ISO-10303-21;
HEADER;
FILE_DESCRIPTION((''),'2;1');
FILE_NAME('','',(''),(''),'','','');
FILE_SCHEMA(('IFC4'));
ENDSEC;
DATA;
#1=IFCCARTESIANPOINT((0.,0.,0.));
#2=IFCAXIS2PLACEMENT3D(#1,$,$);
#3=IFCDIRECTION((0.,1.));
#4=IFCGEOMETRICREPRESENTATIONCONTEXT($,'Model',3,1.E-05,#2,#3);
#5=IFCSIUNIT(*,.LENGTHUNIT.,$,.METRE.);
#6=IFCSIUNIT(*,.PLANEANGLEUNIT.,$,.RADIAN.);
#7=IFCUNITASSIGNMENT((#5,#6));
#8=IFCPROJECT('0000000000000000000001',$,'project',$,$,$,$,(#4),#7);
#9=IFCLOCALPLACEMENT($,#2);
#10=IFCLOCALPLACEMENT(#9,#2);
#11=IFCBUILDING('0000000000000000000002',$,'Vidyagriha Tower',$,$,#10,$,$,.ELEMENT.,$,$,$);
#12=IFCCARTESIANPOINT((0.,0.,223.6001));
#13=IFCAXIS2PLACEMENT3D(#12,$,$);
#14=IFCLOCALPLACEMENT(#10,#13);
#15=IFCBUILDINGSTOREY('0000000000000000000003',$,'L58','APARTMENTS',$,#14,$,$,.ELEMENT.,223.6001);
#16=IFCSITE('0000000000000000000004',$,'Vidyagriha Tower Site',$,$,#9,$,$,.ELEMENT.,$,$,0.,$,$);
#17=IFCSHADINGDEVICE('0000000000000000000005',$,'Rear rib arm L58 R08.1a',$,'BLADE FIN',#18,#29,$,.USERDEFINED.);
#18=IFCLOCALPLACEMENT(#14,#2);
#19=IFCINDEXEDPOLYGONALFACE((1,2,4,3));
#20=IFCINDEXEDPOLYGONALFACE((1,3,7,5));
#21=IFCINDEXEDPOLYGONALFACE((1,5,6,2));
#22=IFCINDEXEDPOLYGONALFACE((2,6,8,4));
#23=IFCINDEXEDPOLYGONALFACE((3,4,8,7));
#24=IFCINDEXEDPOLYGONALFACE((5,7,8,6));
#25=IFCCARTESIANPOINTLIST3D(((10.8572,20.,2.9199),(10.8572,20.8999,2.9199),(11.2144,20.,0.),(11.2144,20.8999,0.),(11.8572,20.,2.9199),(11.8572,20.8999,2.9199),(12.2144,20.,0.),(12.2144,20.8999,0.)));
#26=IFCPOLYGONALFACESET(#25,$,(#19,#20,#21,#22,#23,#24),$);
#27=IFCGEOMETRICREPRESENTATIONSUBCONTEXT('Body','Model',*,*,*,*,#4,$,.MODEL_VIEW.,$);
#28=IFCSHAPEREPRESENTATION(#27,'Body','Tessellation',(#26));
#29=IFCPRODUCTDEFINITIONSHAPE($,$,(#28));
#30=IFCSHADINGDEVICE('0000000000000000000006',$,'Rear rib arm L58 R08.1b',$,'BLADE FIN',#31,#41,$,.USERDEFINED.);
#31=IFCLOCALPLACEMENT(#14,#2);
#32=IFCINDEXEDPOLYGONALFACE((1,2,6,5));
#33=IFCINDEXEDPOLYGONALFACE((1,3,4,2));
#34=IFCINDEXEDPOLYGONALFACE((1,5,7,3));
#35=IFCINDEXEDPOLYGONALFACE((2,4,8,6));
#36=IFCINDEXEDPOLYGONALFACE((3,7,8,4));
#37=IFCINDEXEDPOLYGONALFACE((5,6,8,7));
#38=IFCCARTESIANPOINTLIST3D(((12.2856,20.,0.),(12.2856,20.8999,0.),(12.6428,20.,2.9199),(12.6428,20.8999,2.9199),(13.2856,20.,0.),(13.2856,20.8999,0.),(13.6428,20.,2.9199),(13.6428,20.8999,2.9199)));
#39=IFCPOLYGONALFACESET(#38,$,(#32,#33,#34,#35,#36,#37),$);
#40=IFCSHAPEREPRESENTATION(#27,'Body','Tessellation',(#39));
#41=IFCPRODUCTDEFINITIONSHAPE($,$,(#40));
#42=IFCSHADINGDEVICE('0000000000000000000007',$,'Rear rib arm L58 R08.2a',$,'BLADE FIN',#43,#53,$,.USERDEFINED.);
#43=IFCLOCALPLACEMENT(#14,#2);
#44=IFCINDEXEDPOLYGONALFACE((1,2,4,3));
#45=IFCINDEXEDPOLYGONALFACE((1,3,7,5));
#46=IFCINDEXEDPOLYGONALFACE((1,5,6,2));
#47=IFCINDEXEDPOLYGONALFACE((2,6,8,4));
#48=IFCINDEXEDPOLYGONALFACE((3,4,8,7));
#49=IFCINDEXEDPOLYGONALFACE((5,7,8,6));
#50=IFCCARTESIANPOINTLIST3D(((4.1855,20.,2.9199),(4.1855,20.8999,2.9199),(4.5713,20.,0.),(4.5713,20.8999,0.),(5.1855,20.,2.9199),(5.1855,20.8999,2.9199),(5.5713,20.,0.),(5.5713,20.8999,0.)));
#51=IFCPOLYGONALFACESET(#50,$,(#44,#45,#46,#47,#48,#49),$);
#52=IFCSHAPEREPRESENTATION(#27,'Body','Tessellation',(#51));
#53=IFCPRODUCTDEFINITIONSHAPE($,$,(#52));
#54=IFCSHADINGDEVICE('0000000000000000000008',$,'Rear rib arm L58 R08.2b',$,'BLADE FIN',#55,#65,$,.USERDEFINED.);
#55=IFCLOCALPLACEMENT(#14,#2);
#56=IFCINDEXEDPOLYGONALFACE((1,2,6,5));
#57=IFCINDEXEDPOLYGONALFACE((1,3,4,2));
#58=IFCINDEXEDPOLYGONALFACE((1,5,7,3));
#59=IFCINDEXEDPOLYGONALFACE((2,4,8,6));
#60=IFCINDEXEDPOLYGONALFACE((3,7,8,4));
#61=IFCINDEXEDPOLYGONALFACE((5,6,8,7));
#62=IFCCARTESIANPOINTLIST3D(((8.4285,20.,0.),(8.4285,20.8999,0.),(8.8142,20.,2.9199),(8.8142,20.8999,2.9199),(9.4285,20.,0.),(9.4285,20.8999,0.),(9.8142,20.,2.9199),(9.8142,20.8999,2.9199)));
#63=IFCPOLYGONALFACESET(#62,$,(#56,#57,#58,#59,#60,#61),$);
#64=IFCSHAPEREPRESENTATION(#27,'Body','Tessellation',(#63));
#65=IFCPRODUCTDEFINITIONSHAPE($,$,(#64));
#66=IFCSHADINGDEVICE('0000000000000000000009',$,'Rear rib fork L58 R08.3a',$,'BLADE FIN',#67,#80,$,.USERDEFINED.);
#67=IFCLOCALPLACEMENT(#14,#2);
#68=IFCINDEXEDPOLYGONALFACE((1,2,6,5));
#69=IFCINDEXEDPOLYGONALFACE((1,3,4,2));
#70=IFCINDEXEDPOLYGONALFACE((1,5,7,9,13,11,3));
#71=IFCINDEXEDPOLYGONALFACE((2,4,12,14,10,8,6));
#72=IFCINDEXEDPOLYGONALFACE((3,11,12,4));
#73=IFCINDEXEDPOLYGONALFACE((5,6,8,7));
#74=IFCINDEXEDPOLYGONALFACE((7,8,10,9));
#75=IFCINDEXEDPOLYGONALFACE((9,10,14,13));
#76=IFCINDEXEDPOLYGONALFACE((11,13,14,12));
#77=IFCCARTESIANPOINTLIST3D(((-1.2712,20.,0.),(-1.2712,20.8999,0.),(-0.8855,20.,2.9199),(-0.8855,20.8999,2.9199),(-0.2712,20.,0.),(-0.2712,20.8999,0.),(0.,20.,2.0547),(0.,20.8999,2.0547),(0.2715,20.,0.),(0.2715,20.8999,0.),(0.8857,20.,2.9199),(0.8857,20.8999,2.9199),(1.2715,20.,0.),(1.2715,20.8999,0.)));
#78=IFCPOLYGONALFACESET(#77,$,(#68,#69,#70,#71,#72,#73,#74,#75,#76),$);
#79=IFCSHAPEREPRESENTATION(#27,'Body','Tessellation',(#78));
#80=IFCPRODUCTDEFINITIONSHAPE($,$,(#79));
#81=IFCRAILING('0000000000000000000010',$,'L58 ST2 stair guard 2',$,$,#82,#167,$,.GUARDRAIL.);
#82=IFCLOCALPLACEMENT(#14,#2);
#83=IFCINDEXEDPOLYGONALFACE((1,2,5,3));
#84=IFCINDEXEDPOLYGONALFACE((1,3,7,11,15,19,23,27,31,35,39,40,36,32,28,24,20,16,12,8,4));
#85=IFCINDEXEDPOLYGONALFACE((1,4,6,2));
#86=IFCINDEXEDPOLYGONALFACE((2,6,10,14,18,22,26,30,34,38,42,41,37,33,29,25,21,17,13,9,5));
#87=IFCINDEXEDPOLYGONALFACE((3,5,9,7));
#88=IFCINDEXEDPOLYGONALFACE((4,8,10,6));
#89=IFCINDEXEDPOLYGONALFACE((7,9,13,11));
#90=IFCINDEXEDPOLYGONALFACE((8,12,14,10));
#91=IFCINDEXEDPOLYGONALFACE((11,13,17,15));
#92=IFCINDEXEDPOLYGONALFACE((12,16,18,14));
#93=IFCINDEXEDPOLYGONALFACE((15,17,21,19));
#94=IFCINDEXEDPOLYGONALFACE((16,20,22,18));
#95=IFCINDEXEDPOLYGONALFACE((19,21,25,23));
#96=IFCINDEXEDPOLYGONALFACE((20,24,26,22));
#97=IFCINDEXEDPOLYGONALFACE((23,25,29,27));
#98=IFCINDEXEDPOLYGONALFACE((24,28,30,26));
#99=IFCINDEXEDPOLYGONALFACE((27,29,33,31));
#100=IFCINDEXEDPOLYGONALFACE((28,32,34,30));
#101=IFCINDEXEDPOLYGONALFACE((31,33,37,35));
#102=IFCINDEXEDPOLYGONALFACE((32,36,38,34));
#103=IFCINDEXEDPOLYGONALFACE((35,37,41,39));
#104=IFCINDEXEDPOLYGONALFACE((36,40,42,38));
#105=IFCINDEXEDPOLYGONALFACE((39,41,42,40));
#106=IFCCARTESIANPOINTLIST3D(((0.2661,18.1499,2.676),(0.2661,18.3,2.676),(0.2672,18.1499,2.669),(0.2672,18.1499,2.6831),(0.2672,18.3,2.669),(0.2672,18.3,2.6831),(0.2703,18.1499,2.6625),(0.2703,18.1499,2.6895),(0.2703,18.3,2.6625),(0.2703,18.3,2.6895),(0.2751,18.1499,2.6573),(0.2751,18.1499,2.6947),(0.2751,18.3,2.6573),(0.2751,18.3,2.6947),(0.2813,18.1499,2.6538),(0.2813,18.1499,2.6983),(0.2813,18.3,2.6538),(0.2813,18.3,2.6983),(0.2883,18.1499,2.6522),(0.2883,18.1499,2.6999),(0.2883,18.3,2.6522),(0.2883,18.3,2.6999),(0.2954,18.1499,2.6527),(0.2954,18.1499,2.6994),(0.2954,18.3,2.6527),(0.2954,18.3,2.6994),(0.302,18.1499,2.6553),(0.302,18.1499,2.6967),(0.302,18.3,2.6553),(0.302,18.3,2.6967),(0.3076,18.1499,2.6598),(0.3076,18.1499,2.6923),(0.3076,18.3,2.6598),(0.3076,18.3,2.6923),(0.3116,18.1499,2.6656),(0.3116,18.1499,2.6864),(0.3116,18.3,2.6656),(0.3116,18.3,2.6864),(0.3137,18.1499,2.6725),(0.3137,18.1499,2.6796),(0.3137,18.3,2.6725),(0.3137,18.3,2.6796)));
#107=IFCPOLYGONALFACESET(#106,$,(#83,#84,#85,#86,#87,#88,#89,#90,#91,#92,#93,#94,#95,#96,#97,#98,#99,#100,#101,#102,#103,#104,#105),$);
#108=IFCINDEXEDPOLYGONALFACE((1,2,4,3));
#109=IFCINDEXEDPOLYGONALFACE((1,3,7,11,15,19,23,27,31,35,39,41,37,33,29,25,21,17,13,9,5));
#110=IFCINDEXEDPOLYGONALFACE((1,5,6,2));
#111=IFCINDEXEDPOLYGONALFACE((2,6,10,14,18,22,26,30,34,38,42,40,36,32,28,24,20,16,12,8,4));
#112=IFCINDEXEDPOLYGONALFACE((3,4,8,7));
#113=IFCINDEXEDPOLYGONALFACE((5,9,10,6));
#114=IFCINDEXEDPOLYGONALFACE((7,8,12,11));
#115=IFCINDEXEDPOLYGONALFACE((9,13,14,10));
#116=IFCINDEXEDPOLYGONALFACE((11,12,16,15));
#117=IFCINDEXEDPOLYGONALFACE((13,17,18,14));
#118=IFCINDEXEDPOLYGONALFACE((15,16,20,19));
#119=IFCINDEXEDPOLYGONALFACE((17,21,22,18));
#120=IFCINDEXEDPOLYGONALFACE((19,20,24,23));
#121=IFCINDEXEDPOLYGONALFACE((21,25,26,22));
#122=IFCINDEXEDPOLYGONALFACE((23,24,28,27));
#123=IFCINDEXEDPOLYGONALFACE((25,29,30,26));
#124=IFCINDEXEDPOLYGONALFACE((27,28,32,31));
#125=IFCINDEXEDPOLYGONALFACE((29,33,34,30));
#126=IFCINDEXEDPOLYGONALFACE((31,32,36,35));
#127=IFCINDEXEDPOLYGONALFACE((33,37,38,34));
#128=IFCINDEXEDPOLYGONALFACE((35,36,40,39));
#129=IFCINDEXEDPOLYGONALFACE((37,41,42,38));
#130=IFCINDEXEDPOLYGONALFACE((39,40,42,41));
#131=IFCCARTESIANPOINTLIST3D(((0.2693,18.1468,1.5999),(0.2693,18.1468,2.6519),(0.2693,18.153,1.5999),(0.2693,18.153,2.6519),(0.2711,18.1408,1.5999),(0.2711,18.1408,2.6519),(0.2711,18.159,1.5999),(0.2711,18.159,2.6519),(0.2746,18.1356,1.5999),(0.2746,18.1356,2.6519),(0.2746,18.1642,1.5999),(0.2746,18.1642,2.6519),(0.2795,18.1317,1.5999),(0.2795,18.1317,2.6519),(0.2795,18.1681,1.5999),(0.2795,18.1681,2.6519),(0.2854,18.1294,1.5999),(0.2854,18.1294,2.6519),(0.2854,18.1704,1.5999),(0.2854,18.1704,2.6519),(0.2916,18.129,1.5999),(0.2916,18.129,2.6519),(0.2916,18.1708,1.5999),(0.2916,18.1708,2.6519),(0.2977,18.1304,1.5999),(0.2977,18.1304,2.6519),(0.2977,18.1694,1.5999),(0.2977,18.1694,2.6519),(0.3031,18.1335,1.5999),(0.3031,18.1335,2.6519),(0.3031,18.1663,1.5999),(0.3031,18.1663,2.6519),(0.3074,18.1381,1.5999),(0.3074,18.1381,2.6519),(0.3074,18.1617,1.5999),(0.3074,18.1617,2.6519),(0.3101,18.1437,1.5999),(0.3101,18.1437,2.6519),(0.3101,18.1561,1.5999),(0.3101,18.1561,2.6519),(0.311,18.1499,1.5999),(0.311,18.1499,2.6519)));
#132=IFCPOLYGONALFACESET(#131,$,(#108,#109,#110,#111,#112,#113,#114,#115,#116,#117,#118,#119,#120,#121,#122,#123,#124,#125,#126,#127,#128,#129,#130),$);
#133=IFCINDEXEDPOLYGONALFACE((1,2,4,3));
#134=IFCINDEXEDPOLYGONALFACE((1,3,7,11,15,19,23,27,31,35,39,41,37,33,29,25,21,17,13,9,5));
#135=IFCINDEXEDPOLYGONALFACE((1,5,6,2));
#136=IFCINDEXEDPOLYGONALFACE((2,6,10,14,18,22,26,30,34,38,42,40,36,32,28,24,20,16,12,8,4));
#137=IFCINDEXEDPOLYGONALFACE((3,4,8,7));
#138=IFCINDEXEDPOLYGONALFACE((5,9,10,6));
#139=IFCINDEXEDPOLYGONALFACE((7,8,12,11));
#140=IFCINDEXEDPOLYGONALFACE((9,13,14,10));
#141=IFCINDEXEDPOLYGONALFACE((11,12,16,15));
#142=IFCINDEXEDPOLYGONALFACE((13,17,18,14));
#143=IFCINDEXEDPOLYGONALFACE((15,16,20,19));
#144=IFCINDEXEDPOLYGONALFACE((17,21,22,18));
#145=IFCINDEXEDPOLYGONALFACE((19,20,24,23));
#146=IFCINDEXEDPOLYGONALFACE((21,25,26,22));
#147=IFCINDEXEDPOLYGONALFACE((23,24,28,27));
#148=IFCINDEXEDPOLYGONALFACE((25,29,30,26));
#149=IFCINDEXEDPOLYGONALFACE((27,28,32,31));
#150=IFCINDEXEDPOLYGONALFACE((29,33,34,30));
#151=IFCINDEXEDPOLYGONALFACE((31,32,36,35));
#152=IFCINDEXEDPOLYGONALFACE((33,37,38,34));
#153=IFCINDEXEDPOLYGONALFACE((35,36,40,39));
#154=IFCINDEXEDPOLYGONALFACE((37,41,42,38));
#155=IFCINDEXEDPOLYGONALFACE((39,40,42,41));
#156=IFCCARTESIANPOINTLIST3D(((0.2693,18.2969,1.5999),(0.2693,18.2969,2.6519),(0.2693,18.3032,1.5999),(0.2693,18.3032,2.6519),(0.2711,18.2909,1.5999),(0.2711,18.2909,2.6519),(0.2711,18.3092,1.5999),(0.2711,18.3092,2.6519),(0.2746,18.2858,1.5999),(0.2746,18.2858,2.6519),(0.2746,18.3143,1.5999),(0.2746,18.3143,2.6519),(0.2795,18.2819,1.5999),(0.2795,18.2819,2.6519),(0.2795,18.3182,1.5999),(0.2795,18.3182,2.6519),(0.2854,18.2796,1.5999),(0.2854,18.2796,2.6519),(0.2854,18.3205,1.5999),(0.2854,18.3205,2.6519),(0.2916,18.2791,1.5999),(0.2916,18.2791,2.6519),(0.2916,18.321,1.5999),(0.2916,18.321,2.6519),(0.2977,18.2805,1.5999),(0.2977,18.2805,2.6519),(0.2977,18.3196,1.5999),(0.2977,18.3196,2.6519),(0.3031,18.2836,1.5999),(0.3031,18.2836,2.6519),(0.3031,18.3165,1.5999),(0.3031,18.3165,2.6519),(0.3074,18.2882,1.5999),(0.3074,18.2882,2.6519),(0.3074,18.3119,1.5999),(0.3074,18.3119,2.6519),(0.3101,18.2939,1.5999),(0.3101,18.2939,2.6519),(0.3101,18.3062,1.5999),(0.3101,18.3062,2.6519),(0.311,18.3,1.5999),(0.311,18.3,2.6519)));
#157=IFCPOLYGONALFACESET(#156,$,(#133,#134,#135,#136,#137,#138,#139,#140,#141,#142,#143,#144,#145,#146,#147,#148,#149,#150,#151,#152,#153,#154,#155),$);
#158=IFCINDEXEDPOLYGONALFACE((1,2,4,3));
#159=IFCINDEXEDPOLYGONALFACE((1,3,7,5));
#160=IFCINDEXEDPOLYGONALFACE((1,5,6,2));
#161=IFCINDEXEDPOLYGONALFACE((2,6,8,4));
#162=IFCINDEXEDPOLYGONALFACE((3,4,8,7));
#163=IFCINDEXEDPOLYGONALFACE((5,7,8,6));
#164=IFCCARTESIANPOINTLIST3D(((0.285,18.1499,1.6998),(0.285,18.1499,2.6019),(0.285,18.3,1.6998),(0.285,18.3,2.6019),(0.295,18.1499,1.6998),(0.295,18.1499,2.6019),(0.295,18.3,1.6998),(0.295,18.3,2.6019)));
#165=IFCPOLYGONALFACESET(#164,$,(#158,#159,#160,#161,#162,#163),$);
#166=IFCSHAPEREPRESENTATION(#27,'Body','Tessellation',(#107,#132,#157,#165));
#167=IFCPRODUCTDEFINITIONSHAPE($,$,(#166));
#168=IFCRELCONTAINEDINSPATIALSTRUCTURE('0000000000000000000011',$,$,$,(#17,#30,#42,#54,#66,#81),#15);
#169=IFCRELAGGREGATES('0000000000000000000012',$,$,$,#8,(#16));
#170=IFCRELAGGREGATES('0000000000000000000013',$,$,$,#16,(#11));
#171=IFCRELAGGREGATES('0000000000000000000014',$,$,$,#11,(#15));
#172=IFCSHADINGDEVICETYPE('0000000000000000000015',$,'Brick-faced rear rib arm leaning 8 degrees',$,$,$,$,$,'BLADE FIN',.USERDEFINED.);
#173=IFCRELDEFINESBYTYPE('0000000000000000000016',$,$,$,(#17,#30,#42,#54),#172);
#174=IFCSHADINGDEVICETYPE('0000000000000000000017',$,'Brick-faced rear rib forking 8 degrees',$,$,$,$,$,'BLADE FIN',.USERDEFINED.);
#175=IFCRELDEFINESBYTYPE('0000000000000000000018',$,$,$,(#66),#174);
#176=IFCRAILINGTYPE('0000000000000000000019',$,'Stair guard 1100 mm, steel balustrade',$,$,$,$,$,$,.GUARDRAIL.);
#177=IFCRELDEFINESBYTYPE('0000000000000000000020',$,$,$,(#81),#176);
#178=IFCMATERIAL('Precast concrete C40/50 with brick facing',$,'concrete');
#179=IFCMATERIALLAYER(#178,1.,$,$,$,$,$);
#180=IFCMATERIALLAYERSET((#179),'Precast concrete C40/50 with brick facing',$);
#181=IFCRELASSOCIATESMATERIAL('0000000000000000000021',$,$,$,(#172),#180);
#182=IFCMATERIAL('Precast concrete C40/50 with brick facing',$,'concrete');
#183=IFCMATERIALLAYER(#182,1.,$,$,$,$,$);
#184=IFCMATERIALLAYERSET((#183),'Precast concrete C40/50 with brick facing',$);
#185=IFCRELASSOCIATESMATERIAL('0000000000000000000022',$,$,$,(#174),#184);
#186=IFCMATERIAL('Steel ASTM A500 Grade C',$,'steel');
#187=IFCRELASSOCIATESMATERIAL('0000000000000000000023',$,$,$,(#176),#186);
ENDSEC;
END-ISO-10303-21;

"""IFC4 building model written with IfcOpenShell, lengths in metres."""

from ifc_helpers import new_model, si_unit, direction, frame, origin, origin_2d, place, context, subcontext, project, spatial, polyline, rectangle, circle, outline, extrude, material, layer, layer_set, type_object, element, save


model = new_model("IFC4")

# Units and contexts
model_context = context("Model", 3, precision=1e-05, world=origin(), true_north=direction((0.0, 1.0)))
body_context = subcontext(model_context, "Body", "Model", "MODEL_VIEW")
ifc_project = project(units=[si_unit("LENGTHUNIT", "METRE"), si_unit("PLANEANGLEUNIT", "RADIAN")], contexts=[model_context])

# Site, building, storey
site_placement = place(None, origin())
site = spatial("IfcSite", under=ifc_project, at=site_placement, Name="Vidyagriha Tower Site", CompositionType="ELEMENT", RefElevation=0.0)
building_placement = place(site_placement, origin())
building = spatial("IfcBuilding", under=site, at=building_placement, Name="Vidyagriha Tower", CompositionType="ELEMENT")
storey_placement = place(building_placement, frame((0.0, 0.0, 223.6001)))
storey = spatial("IfcBuildingStorey", under=building, at=storey_placement, Name="L58", Description="APARTMENTS", CompositionType="ELEMENT", Elevation=223.6001)

# Shading devices
ifc_material_1 = material(Name="Precast concrete C40/50 with brick facing", Category="concrete")
ifc_layer_1 = layer(ifc_material_1, 1.0)
ifc_layer_set_1 = layer_set([ifc_layer_1], Name="Precast concrete C40/50 with brick facing")
shading_device_type_1 = type_object("IfcShadingDeviceType", Name="Brick-faced rear rib arm leaning 8 degrees", ElementType="BLADE FIN", PredefinedType="USERDEFINED", material=ifc_layer_set_1)
shading_device_1_placement = place(storey_placement, frame((12.2144, 20.45, 0.0), z_axis=(0.0, 0.0, 1.0), x_axis=(-1.0, 0.0, 0.0)))
element("IfcShadingDevice", 1, at=shading_device_1_placement, inside=storey, type_object=shading_device_type_1, Name="Rear rib arm L58 R08.1a", ObjectType="BLADE FIN", PredefinedType="USERDEFINED", context=body_context, shape_type="SweptSolid", body=[
    extrude(outline(polyline([(0.0, 0.0), (1.0, 0.0), (1.3572, 2.9199), (0.3572, 2.9199), (0.0, 0.0)])), frame((0.0, 0.45, 0.0), z_axis=(0.0, -1.0, 0.0), x_axis=(1.0, 0.0, 0.0)), (0.0, 0.0, 1.0), 0.8999),
])
shading_device_2_placement = place(storey_placement, frame((13.6428, 20.45, 0.0), z_axis=(0.0, 0.0, 1.0), x_axis=(-1.0, 0.0, 0.0)))
element("IfcShadingDevice", 2, at=shading_device_2_placement, inside=storey, type_object=shading_device_type_1, Name="Rear rib arm L58 R08.1b", ObjectType="BLADE FIN", PredefinedType="USERDEFINED", context=body_context, shape_type="SweptSolid", body=[
    extrude(outline(polyline([(0.3572, 0.0), (1.3572, 0.0), (1.0, 2.9199), (0.0, 2.9199), (0.3572, 0.0)])), frame((0.0, 0.45, 0.0), z_axis=(0.0, -1.0, 0.0), x_axis=(1.0, 0.0, 0.0)), (0.0, 0.0, 1.0), 0.8999),
])
shading_device_3_placement = place(storey_placement, frame((5.5713, 20.45, 0.0), z_axis=(0.0, 0.0, 1.0), x_axis=(-1.0, 0.0, 0.0)))
element("IfcShadingDevice", 3, at=shading_device_3_placement, inside=storey, type_object=shading_device_type_1, Name="Rear rib arm L58 R08.2a", ObjectType="BLADE FIN", PredefinedType="USERDEFINED", context=body_context, shape_type="SweptSolid", body=[
    extrude(outline(polyline([(0.0, 0.0), (1.0, 0.0), (1.3857, 2.9199), (0.3857, 2.9199), (0.0, 0.0)])), frame((0.0, 0.45, 0.0), z_axis=(0.0, -1.0, 0.0), x_axis=(1.0, 0.0, 0.0)), (0.0, 0.0, 1.0), 0.8999),
])
shading_device_4_placement = place(storey_placement, frame((9.8142, 20.45, 0.0), z_axis=(0.0, 0.0, 1.0), x_axis=(-1.0, 0.0, 0.0)))
element("IfcShadingDevice", 4, at=shading_device_4_placement, inside=storey, type_object=shading_device_type_1, Name="Rear rib arm L58 R08.2b", ObjectType="BLADE FIN", PredefinedType="USERDEFINED", context=body_context, shape_type="SweptSolid", body=[
    extrude(outline(polyline([(0.3857, 0.0), (1.3857, 0.0), (1.0, 2.9199), (0.0, 2.9199), (0.3857, 0.0)])), frame((0.0, 0.45, 0.0), z_axis=(0.0, -1.0, 0.0), x_axis=(1.0, 0.0, 0.0)), (0.0, 0.0, 1.0), 0.8999),
])
ifc_material_2 = material(Name="Precast concrete C40/50 with brick facing", Category="concrete")
ifc_layer_2 = layer(ifc_material_2, 1.0)
ifc_layer_set_2 = layer_set([ifc_layer_2], Name="Precast concrete C40/50 with brick facing")
shading_device_type_2 = type_object("IfcShadingDeviceType", Name="Brick-faced rear rib forking 8 degrees", ElementType="BLADE FIN", PredefinedType="USERDEFINED", material=ifc_layer_set_2)
shading_device_5_placement = place(storey_placement, frame((1.2715, 20.45, 0.0), z_axis=(0.0, 0.0, 1.0), x_axis=(-1.0, 0.0, 0.0)))
element("IfcShadingDevice", 5, at=shading_device_5_placement, inside=storey, type_object=shading_device_type_2, Name="Rear rib fork L58 R08.3a", ObjectType="BLADE FIN", PredefinedType="USERDEFINED", context=body_context, shape_type="SweptSolid", body=[
    extrude(outline(polyline([(1.0, 0.0), (1.2715, 2.0547), (1.5427, 0.0), (2.5427, 0.0), (2.157, 2.9199), (0.3857, 2.9199), (0.0, 0.0), (1.0, 0.0)])), frame((0.0, 0.45, 0.0), z_axis=(0.0, -1.0, 0.0), x_axis=(1.0, 0.0, 0.0)), (0.0, 0.0, 1.0), 0.8999),
])

# Railing
ifc_material_3 = material(Name="Steel ASTM A500 Grade C", Category="steel")
railing_type_1 = type_object("IfcRailingType", Name="Stair guard 1100 mm, steel balustrade", PredefinedType="GUARDRAIL", material=ifc_material_3)
railing_1_placement = place(storey_placement, frame((0.29, 18.1499, 1.5999)))
element("IfcRailing", 6, at=railing_1_placement, inside=storey, type_object=railing_type_1, Name="L58 ST2 stair guard 2", PredefinedType="GUARDRAIL", context=body_context, shape_type="SweptSolid", body=[
    extrude(circle(Radius=0.0239, at=origin_2d()), frame((0.0, 0.0, 1.0762), z_axis=(0.0, 1.0, 0.0), x_axis=(-1.0, 0.0, 0.0)), (0.0, 0.0, 1.0), 0.1501),
    extrude(circle(Radius=0.021, at=origin_2d()), origin(), (0.0, 0.0, 1.0), 1.052),
    extrude(circle(Radius=0.021, at=origin_2d()), frame((0.0, 0.1501, 0.0)), (0.0, 0.0, 1.0), 1.052),
    extrude(rectangle(XDim=0.01, YDim=0.9021, at=origin_2d()), frame((0.0, 0.0, 0.551), z_axis=(0.0, 1.0, 0.0), x_axis=(-1.0, 0.0, 0.0)), (0.0, 0.0, 1.0), 0.1501),
])

save(model, "model.ifc")
